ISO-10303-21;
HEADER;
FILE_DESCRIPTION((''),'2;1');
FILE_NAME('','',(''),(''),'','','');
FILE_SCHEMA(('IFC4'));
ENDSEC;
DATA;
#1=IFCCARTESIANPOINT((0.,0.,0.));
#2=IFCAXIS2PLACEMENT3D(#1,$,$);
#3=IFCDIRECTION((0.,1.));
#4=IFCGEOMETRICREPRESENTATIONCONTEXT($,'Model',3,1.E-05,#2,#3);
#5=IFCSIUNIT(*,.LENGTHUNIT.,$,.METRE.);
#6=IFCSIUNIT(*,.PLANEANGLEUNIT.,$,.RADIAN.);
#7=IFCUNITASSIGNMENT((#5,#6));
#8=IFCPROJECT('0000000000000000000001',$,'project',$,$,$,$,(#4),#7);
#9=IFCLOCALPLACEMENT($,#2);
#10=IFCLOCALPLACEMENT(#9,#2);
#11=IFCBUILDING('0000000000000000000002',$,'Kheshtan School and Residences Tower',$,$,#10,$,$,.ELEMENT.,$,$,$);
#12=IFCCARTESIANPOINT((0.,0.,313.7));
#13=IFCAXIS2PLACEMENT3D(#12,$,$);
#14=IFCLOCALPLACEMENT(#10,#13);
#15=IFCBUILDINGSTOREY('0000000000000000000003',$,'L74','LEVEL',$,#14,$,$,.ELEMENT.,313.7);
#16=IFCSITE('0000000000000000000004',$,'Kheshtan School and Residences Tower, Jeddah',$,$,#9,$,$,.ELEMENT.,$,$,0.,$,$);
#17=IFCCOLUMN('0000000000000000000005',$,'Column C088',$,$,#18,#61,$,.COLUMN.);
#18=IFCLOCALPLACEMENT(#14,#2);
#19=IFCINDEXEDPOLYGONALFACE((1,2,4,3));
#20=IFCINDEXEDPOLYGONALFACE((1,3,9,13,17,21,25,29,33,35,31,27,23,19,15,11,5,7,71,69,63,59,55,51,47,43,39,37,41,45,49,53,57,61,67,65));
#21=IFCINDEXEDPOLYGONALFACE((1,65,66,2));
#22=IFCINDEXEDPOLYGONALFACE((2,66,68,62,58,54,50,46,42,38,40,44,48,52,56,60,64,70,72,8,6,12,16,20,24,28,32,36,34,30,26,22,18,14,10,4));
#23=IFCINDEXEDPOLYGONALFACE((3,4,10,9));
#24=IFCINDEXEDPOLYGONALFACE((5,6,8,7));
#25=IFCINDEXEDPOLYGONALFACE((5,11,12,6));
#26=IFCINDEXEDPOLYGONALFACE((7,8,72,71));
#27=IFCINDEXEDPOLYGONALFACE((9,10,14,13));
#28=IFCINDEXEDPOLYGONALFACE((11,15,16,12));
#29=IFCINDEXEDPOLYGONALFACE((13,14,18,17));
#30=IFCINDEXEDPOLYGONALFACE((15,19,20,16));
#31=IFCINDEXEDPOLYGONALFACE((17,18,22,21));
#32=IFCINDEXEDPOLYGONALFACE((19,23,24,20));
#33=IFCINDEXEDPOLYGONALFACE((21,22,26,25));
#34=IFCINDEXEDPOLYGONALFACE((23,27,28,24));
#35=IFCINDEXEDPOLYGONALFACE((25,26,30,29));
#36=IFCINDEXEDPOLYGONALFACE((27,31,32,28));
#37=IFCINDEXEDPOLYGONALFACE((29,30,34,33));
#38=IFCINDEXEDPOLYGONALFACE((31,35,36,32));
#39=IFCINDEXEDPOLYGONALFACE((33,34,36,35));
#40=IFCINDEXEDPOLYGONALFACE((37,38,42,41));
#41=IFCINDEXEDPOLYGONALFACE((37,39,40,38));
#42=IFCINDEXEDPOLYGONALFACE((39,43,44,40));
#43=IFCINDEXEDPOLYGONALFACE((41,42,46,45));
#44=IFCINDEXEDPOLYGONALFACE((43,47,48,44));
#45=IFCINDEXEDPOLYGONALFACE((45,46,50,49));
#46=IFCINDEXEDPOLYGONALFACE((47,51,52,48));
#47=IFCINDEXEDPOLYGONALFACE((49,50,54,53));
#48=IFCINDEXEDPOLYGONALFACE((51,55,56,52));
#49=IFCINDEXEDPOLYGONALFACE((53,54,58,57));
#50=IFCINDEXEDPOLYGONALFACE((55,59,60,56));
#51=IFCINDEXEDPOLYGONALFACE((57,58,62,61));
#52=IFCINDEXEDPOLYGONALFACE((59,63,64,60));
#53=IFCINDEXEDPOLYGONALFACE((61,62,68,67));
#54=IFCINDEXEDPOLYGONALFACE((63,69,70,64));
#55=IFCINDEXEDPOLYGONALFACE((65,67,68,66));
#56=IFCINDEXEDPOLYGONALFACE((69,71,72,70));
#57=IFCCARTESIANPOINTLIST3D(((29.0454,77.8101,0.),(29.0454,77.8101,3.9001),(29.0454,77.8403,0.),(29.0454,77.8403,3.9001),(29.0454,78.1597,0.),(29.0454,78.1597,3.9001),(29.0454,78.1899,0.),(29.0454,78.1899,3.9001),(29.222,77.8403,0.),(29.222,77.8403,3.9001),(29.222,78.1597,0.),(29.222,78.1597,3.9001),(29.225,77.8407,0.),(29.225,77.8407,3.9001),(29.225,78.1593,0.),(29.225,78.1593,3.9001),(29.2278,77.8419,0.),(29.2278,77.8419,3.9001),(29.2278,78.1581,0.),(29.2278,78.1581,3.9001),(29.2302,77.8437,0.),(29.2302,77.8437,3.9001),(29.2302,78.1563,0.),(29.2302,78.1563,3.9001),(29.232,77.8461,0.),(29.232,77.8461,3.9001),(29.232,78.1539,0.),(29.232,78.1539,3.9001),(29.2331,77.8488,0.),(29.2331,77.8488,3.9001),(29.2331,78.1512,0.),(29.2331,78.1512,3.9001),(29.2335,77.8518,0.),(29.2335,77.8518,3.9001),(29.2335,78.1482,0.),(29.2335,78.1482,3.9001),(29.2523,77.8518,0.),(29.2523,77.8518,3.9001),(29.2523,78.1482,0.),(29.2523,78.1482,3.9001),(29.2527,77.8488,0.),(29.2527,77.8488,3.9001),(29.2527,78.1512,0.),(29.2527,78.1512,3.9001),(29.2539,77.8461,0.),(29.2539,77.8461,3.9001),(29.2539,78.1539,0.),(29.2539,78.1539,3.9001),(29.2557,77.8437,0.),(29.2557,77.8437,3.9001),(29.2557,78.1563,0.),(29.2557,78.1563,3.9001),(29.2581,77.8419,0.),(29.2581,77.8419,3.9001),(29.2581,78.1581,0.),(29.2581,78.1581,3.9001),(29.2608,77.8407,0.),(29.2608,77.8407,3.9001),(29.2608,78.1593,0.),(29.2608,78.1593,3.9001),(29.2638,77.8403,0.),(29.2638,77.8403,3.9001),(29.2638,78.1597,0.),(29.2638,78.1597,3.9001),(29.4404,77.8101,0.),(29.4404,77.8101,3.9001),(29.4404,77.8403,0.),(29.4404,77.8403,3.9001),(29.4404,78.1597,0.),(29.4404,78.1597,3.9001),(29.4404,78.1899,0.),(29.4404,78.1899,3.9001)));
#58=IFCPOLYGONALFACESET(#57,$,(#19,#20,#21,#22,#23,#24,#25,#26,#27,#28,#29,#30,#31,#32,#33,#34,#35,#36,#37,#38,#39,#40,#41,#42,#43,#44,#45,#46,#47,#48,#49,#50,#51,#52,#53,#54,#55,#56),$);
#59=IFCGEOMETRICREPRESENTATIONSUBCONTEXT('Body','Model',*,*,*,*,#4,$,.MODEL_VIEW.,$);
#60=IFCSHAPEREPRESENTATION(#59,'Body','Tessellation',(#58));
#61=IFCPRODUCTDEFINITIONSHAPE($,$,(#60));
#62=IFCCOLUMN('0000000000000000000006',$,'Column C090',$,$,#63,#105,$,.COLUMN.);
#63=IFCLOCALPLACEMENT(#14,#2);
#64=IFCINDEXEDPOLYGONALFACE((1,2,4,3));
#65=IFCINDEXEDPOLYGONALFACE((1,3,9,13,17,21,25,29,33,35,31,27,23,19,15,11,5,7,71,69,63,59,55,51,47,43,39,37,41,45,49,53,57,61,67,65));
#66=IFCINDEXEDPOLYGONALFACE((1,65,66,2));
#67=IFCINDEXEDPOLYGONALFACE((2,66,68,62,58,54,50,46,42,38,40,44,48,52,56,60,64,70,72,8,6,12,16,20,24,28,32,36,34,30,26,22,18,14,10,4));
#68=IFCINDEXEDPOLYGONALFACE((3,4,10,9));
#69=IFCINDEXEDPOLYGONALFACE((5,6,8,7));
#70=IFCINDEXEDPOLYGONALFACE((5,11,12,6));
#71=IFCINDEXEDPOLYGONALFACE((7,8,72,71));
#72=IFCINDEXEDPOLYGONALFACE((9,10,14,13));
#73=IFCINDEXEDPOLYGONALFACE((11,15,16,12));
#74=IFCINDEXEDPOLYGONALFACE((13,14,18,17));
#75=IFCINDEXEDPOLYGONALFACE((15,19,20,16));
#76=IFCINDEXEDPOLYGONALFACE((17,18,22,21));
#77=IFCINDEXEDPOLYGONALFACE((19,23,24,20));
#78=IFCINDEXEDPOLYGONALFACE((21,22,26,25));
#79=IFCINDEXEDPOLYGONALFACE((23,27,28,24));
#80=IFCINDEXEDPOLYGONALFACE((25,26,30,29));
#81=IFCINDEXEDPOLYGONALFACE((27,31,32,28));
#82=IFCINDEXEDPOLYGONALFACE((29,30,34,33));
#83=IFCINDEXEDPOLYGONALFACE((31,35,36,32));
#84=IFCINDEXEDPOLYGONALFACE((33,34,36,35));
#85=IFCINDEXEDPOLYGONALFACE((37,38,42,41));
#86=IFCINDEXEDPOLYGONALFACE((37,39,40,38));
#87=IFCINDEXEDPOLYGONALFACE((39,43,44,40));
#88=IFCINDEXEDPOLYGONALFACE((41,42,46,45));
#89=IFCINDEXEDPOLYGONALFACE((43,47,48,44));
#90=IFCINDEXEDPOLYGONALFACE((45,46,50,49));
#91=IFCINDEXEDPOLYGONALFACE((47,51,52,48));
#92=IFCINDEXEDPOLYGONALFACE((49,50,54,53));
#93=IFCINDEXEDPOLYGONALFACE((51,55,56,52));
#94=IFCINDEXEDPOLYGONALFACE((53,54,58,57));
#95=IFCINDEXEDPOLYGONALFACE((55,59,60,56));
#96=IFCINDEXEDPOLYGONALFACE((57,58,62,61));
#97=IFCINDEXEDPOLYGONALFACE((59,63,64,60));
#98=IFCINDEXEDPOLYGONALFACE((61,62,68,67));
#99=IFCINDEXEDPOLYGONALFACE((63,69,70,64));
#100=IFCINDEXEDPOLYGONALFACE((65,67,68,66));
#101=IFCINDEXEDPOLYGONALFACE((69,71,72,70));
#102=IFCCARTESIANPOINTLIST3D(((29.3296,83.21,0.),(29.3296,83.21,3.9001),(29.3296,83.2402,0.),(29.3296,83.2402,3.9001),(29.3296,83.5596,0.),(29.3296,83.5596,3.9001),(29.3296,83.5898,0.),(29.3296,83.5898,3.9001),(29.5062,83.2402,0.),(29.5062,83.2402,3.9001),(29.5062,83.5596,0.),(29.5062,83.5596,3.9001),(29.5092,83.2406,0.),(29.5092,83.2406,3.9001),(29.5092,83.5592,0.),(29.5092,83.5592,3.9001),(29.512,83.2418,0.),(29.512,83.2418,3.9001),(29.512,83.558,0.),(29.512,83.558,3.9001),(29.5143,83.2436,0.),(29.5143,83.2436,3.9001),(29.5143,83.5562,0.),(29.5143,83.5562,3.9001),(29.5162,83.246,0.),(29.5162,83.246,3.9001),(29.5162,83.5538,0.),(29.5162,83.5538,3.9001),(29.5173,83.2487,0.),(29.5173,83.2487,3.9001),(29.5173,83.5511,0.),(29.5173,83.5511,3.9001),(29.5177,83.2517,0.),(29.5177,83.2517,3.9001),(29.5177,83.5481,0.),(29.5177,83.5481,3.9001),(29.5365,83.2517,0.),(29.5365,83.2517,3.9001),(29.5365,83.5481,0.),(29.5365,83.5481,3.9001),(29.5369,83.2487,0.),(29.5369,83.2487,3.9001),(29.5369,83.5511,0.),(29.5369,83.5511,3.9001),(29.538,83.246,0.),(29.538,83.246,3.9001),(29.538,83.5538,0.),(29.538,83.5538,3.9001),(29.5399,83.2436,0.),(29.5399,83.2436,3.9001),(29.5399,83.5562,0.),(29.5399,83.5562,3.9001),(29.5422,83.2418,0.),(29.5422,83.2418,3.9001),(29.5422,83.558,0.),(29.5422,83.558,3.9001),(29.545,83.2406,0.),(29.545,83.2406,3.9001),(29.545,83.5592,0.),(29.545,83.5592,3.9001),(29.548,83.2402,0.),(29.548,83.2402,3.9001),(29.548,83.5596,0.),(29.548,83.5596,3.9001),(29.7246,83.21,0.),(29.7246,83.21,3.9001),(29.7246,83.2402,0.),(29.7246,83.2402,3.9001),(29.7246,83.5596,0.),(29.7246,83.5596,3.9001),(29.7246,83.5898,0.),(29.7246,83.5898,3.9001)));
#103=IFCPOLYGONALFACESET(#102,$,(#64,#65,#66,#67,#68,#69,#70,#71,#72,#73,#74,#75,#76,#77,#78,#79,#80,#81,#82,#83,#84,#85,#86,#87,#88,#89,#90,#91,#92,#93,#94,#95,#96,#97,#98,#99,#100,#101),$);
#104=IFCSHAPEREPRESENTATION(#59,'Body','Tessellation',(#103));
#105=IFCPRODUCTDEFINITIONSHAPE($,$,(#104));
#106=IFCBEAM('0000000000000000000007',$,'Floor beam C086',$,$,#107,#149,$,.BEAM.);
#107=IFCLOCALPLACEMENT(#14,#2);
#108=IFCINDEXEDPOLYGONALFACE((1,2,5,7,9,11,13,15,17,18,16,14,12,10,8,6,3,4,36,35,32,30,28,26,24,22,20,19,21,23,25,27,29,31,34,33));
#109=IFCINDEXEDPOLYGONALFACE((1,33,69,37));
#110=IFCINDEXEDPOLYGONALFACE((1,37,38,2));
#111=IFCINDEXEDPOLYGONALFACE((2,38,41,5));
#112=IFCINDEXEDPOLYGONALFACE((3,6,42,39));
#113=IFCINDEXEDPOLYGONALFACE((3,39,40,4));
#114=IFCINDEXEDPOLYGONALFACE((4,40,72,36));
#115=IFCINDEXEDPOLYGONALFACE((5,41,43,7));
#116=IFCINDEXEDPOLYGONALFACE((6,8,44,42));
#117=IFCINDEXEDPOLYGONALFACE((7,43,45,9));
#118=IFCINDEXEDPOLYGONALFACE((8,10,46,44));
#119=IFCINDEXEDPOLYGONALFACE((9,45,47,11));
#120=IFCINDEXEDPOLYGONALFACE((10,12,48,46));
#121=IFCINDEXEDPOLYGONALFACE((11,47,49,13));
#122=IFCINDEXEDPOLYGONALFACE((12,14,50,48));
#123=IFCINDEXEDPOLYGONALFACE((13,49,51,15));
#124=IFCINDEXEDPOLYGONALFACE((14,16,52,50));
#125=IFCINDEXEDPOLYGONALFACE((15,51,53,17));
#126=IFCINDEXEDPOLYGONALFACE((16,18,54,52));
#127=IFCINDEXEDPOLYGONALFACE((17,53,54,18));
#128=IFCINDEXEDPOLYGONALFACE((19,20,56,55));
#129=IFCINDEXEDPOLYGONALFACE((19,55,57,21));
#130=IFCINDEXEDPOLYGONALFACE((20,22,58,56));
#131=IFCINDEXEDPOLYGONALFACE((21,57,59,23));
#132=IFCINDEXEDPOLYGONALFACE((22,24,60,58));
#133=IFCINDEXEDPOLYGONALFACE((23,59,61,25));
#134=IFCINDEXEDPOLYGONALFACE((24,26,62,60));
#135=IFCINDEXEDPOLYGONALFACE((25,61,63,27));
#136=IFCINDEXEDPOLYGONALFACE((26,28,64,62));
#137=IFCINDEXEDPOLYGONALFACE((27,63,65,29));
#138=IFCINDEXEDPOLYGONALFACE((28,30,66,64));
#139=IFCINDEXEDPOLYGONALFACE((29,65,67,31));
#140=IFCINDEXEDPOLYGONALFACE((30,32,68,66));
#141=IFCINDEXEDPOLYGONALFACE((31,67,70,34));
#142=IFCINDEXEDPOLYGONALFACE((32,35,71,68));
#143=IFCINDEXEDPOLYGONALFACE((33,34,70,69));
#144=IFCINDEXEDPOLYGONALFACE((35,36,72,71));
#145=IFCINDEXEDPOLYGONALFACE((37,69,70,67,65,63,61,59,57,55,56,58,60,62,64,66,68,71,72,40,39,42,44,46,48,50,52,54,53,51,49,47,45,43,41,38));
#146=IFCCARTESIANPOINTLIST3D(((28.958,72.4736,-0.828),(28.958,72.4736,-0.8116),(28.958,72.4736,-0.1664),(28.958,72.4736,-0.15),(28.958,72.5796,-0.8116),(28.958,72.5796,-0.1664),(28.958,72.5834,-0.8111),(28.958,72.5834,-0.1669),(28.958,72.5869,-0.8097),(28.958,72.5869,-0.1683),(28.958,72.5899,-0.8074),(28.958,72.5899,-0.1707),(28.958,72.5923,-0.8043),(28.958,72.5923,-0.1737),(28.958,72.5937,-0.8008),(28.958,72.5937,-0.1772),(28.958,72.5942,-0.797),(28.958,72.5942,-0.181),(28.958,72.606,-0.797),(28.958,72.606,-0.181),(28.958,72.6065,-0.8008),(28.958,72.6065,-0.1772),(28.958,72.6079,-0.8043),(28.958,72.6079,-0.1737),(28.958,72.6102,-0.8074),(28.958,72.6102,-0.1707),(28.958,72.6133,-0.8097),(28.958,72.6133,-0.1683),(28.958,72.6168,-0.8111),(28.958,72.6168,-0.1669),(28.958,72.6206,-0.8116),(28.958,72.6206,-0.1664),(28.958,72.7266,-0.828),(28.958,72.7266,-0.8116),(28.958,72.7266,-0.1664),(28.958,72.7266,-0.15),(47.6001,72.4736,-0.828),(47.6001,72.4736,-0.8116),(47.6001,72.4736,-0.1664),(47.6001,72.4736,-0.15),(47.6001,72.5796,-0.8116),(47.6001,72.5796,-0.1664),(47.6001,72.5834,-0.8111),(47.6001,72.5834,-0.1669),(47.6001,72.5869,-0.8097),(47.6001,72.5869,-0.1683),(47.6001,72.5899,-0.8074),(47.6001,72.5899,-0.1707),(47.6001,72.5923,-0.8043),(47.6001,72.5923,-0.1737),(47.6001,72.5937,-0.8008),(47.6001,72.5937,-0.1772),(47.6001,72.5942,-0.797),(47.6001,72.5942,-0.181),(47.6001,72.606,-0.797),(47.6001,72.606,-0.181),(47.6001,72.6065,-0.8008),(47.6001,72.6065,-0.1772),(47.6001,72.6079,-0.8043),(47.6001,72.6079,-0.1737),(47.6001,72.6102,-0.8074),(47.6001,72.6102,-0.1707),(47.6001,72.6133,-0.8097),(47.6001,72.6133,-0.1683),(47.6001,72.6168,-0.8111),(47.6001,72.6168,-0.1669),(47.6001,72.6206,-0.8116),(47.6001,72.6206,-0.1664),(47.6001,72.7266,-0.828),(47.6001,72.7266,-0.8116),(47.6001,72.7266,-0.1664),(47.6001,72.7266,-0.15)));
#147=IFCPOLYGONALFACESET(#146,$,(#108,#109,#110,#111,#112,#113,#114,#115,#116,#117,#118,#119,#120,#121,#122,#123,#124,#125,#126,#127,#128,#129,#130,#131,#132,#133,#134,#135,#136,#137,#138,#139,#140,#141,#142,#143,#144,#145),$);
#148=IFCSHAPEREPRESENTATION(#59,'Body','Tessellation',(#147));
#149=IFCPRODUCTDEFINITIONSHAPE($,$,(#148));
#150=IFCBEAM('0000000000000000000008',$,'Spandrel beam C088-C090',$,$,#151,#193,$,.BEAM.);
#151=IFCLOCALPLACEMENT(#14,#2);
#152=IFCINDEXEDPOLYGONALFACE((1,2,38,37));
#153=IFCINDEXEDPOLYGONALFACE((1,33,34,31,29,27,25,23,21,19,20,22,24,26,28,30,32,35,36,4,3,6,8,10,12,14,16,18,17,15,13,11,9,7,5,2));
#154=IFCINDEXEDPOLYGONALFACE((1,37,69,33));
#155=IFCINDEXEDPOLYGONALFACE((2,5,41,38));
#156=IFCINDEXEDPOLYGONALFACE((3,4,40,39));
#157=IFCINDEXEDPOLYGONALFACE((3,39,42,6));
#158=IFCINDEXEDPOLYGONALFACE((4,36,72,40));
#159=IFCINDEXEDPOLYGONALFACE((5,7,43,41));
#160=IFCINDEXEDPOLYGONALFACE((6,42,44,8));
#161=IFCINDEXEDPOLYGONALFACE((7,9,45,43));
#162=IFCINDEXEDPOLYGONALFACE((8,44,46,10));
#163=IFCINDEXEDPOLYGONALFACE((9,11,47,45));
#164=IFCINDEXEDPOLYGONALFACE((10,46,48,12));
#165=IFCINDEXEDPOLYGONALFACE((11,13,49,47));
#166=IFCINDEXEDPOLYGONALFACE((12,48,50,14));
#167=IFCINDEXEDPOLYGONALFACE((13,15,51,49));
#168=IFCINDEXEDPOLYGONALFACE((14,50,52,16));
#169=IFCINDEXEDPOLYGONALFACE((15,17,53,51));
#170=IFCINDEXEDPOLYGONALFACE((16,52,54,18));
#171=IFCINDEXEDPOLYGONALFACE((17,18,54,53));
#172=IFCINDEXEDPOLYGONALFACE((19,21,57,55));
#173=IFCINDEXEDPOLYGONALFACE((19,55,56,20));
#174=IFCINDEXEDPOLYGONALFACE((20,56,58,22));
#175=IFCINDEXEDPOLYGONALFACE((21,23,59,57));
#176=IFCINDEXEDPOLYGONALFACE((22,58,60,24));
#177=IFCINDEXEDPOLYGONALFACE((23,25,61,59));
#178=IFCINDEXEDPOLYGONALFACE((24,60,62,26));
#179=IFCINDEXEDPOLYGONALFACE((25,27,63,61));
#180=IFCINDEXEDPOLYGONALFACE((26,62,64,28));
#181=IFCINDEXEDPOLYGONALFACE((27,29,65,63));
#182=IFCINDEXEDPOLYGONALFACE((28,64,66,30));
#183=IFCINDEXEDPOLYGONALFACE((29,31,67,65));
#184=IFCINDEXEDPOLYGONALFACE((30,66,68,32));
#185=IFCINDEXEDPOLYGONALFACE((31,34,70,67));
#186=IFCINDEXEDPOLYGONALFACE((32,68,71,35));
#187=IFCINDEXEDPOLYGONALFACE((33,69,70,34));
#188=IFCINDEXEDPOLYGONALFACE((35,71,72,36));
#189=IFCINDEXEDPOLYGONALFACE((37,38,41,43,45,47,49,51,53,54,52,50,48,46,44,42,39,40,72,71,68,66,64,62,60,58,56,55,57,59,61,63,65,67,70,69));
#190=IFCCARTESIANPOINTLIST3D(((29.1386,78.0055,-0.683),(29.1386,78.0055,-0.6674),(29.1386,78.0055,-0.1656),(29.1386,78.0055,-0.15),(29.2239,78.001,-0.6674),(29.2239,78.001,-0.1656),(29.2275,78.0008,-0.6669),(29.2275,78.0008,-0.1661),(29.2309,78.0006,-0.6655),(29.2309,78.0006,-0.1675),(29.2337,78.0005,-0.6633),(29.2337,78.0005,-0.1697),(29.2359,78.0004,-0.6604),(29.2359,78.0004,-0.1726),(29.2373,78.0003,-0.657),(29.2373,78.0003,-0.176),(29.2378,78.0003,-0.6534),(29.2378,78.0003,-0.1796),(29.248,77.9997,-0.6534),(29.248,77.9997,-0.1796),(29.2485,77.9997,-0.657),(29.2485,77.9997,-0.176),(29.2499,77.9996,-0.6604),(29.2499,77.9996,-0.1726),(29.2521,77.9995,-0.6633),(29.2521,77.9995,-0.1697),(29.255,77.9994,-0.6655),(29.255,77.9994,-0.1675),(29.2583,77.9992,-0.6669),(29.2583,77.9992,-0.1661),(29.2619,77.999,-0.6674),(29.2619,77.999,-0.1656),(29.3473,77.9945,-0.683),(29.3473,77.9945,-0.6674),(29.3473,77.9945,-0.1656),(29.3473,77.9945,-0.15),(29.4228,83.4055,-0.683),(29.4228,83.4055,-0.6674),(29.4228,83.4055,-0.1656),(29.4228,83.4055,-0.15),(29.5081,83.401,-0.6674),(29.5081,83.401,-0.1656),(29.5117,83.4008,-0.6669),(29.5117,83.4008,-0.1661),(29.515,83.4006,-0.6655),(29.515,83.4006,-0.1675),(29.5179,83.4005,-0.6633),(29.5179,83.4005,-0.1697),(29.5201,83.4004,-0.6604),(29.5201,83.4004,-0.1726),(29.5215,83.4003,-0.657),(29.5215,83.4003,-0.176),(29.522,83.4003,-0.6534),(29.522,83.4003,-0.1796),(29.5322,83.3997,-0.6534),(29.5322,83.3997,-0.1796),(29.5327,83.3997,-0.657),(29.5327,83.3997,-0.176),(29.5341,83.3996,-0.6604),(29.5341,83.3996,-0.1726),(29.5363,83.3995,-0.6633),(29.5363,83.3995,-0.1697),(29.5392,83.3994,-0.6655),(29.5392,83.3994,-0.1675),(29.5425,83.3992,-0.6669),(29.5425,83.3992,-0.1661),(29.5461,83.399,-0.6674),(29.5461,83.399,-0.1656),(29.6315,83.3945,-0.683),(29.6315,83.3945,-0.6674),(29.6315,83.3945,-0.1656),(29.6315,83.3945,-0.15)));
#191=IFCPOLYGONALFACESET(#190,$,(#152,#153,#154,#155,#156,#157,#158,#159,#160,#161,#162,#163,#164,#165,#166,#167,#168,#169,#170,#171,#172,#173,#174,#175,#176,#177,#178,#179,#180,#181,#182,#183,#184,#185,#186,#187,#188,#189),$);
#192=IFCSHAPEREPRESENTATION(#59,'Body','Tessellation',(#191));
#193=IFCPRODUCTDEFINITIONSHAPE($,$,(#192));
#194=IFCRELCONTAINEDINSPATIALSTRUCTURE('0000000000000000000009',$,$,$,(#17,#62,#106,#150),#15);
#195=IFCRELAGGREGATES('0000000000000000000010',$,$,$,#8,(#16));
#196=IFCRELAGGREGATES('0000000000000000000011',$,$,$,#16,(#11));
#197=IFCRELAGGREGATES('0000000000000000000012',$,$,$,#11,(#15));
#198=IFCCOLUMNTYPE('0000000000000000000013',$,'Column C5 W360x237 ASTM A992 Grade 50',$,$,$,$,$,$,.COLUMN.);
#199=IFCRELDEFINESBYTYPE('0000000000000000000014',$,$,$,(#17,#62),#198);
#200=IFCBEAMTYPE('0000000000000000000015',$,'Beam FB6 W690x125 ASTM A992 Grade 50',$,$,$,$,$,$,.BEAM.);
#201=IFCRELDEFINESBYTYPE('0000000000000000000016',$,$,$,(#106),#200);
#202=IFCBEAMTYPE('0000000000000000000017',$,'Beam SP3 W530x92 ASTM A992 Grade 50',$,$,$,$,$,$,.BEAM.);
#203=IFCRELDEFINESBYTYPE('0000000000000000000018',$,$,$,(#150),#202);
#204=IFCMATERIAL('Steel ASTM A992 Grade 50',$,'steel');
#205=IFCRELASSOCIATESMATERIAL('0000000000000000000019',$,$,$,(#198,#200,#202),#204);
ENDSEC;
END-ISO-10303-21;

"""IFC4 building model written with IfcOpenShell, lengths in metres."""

from ifc_helpers import new_model, si_unit, direction, frame, origin, origin_2d, place, context, subcontext, project, spatial, i_section, extrude, material, material_profile, profile_set, type_object, element, save


model = new_model("IFC4")

# Units and contexts
model_context = context("Model", 3, precision=1e-05, world=origin(), true_north=direction((0.0, 1.0)))
body_context = subcontext(model_context, "Body", "Model", "MODEL_VIEW")
ifc_project = project(units=[si_unit("LENGTHUNIT", "METRE"), si_unit("PLANEANGLEUNIT", "RADIAN")], contexts=[model_context])

# Site, building, storey
site_placement = place(None, origin())
site = spatial("IfcSite", under=ifc_project, at=site_placement, Name="Kheshtan School and Residences Tower, Jeddah", CompositionType="ELEMENT", RefElevation=0.0)
building_placement = place(site_placement, origin())
building = spatial("IfcBuilding", under=site, at=building_placement, Name="Kheshtan School and Residences Tower", CompositionType="ELEMENT")
storey_placement = place(building_placement, frame((0.0, 0.0, 313.7)))
storey = spatial("IfcBuildingStorey", under=building, at=storey_placement, Name="L74", Description="LEVEL", CompositionType="ELEMENT", Elevation=313.7)

# Columns
ifc_material_1 = material(Name="Steel ASTM A992 Grade 50", Category="steel")
ifc_material_profile_1 = material_profile(ifc_material_1, i_section(OverallWidth=0.395, OverallDepth=0.3799, WebThickness=0.0188, FlangeThickness=0.0303, FilletRadius=0.0115, at=origin_2d()), Name="W360x237")
ifc_profile_set_1 = profile_set([ifc_material_profile_1], Name="Steel ASTM A992 Grade 50")
column_type = type_object("IfcColumnType", Name="Column C5 W360x237 ASTM A992 Grade 50", PredefinedType="COLUMN", material=ifc_profile_set_1)
for number, where, z_axis, x_axis, name in (
    (1, (29.2429, 78.0, 0.0), (0.0, 0.0, 1.0), (1.0, 0.0, 0.0), "Column C088"),
    (2, (29.5271, 83.3999, 0.0), (0.0, 0.0, 1.0), (1.0, 0.0, 0.0), "Column C090"),
):
    element("IfcColumn", number, at=place(storey_placement, frame(where, z_axis=z_axis, x_axis=x_axis)), inside=storey, type_object=column_type, Name=name, PredefinedType="COLUMN", context=body_context, shape_type="SweptSolid", body=[
        extrude(i_section(OverallWidth=0.395, OverallDepth=0.3799, WebThickness=0.0188, FlangeThickness=0.0303, FilletRadius=0.0115, at=origin_2d()), origin(), (0.0, 0.0, 1.0), 3.9001),
    ])

# Beams
ifc_material_profile_2 = material_profile(ifc_material_1, i_section(OverallWidth=0.2529, OverallDepth=0.678, WebThickness=0.0117, FlangeThickness=0.0164, FilletRadius=0.0146, at=origin_2d()), Name="W690x125")
ifc_profile_set_2 = profile_set([ifc_material_profile_2], Name="Steel ASTM A992 Grade 50")
beam_type_1 = type_object("IfcBeamType", Name="Beam FB6 W690x125 ASTM A992 Grade 50", PredefinedType="BEAM", material=ifc_profile_set_2)
beam_1_placement = place(storey_placement, frame((28.958, 72.6001, -0.489), z_axis=(1.0, 0.0, 0.0), x_axis=(0.0, 1.0, 0.0)))
element("IfcBeam", 3, at=beam_1_placement, inside=storey, type_object=beam_type_1, Name="Floor beam C086", PredefinedType="BEAM", context=body_context, shape_type="SweptSolid", body=[
    extrude(i_section(OverallWidth=0.2529, OverallDepth=0.678, WebThickness=0.0117, FlangeThickness=0.0164, FilletRadius=0.0146, at=origin_2d()), origin(), (0.0, 0.0, 1.0), 18.6421),
])
ifc_material_profile_3 = material_profile(ifc_material_1, i_section(OverallWidth=0.209, OverallDepth=0.533, WebThickness=0.0103, FlangeThickness=0.0156, FilletRadius=0.0139, at=origin_2d()), Name="W530x92")
ifc_profile_set_3 = profile_set([ifc_material_profile_3], Name="Steel ASTM A992 Grade 50")
beam_type_2 = type_object("IfcBeamType", Name="Beam SP3 W530x92 ASTM A992 Grade 50", PredefinedType="BEAM", material=ifc_profile_set_3)
beam_2_placement = place(storey_placement, frame((29.2429, 78.0, -0.4165), z_axis=(0.052554, 0.998618, 0.0), x_axis=(-0.998618, 0.052554, 0.0)))
element("IfcBeam", 4, at=beam_2_placement, inside=storey, type_object=beam_type_2, Name="Spandrel beam C088-C090", PredefinedType="BEAM", context=body_context, shape_type="SweptSolid", body=[
    extrude(i_section(OverallWidth=0.209, OverallDepth=0.533, WebThickness=0.0103, FlangeThickness=0.0156, FilletRadius=0.0139, at=origin_2d()), origin(), (0.0, 0.0, 1.0), 5.4075),
])

save(model, "model.ifc")
